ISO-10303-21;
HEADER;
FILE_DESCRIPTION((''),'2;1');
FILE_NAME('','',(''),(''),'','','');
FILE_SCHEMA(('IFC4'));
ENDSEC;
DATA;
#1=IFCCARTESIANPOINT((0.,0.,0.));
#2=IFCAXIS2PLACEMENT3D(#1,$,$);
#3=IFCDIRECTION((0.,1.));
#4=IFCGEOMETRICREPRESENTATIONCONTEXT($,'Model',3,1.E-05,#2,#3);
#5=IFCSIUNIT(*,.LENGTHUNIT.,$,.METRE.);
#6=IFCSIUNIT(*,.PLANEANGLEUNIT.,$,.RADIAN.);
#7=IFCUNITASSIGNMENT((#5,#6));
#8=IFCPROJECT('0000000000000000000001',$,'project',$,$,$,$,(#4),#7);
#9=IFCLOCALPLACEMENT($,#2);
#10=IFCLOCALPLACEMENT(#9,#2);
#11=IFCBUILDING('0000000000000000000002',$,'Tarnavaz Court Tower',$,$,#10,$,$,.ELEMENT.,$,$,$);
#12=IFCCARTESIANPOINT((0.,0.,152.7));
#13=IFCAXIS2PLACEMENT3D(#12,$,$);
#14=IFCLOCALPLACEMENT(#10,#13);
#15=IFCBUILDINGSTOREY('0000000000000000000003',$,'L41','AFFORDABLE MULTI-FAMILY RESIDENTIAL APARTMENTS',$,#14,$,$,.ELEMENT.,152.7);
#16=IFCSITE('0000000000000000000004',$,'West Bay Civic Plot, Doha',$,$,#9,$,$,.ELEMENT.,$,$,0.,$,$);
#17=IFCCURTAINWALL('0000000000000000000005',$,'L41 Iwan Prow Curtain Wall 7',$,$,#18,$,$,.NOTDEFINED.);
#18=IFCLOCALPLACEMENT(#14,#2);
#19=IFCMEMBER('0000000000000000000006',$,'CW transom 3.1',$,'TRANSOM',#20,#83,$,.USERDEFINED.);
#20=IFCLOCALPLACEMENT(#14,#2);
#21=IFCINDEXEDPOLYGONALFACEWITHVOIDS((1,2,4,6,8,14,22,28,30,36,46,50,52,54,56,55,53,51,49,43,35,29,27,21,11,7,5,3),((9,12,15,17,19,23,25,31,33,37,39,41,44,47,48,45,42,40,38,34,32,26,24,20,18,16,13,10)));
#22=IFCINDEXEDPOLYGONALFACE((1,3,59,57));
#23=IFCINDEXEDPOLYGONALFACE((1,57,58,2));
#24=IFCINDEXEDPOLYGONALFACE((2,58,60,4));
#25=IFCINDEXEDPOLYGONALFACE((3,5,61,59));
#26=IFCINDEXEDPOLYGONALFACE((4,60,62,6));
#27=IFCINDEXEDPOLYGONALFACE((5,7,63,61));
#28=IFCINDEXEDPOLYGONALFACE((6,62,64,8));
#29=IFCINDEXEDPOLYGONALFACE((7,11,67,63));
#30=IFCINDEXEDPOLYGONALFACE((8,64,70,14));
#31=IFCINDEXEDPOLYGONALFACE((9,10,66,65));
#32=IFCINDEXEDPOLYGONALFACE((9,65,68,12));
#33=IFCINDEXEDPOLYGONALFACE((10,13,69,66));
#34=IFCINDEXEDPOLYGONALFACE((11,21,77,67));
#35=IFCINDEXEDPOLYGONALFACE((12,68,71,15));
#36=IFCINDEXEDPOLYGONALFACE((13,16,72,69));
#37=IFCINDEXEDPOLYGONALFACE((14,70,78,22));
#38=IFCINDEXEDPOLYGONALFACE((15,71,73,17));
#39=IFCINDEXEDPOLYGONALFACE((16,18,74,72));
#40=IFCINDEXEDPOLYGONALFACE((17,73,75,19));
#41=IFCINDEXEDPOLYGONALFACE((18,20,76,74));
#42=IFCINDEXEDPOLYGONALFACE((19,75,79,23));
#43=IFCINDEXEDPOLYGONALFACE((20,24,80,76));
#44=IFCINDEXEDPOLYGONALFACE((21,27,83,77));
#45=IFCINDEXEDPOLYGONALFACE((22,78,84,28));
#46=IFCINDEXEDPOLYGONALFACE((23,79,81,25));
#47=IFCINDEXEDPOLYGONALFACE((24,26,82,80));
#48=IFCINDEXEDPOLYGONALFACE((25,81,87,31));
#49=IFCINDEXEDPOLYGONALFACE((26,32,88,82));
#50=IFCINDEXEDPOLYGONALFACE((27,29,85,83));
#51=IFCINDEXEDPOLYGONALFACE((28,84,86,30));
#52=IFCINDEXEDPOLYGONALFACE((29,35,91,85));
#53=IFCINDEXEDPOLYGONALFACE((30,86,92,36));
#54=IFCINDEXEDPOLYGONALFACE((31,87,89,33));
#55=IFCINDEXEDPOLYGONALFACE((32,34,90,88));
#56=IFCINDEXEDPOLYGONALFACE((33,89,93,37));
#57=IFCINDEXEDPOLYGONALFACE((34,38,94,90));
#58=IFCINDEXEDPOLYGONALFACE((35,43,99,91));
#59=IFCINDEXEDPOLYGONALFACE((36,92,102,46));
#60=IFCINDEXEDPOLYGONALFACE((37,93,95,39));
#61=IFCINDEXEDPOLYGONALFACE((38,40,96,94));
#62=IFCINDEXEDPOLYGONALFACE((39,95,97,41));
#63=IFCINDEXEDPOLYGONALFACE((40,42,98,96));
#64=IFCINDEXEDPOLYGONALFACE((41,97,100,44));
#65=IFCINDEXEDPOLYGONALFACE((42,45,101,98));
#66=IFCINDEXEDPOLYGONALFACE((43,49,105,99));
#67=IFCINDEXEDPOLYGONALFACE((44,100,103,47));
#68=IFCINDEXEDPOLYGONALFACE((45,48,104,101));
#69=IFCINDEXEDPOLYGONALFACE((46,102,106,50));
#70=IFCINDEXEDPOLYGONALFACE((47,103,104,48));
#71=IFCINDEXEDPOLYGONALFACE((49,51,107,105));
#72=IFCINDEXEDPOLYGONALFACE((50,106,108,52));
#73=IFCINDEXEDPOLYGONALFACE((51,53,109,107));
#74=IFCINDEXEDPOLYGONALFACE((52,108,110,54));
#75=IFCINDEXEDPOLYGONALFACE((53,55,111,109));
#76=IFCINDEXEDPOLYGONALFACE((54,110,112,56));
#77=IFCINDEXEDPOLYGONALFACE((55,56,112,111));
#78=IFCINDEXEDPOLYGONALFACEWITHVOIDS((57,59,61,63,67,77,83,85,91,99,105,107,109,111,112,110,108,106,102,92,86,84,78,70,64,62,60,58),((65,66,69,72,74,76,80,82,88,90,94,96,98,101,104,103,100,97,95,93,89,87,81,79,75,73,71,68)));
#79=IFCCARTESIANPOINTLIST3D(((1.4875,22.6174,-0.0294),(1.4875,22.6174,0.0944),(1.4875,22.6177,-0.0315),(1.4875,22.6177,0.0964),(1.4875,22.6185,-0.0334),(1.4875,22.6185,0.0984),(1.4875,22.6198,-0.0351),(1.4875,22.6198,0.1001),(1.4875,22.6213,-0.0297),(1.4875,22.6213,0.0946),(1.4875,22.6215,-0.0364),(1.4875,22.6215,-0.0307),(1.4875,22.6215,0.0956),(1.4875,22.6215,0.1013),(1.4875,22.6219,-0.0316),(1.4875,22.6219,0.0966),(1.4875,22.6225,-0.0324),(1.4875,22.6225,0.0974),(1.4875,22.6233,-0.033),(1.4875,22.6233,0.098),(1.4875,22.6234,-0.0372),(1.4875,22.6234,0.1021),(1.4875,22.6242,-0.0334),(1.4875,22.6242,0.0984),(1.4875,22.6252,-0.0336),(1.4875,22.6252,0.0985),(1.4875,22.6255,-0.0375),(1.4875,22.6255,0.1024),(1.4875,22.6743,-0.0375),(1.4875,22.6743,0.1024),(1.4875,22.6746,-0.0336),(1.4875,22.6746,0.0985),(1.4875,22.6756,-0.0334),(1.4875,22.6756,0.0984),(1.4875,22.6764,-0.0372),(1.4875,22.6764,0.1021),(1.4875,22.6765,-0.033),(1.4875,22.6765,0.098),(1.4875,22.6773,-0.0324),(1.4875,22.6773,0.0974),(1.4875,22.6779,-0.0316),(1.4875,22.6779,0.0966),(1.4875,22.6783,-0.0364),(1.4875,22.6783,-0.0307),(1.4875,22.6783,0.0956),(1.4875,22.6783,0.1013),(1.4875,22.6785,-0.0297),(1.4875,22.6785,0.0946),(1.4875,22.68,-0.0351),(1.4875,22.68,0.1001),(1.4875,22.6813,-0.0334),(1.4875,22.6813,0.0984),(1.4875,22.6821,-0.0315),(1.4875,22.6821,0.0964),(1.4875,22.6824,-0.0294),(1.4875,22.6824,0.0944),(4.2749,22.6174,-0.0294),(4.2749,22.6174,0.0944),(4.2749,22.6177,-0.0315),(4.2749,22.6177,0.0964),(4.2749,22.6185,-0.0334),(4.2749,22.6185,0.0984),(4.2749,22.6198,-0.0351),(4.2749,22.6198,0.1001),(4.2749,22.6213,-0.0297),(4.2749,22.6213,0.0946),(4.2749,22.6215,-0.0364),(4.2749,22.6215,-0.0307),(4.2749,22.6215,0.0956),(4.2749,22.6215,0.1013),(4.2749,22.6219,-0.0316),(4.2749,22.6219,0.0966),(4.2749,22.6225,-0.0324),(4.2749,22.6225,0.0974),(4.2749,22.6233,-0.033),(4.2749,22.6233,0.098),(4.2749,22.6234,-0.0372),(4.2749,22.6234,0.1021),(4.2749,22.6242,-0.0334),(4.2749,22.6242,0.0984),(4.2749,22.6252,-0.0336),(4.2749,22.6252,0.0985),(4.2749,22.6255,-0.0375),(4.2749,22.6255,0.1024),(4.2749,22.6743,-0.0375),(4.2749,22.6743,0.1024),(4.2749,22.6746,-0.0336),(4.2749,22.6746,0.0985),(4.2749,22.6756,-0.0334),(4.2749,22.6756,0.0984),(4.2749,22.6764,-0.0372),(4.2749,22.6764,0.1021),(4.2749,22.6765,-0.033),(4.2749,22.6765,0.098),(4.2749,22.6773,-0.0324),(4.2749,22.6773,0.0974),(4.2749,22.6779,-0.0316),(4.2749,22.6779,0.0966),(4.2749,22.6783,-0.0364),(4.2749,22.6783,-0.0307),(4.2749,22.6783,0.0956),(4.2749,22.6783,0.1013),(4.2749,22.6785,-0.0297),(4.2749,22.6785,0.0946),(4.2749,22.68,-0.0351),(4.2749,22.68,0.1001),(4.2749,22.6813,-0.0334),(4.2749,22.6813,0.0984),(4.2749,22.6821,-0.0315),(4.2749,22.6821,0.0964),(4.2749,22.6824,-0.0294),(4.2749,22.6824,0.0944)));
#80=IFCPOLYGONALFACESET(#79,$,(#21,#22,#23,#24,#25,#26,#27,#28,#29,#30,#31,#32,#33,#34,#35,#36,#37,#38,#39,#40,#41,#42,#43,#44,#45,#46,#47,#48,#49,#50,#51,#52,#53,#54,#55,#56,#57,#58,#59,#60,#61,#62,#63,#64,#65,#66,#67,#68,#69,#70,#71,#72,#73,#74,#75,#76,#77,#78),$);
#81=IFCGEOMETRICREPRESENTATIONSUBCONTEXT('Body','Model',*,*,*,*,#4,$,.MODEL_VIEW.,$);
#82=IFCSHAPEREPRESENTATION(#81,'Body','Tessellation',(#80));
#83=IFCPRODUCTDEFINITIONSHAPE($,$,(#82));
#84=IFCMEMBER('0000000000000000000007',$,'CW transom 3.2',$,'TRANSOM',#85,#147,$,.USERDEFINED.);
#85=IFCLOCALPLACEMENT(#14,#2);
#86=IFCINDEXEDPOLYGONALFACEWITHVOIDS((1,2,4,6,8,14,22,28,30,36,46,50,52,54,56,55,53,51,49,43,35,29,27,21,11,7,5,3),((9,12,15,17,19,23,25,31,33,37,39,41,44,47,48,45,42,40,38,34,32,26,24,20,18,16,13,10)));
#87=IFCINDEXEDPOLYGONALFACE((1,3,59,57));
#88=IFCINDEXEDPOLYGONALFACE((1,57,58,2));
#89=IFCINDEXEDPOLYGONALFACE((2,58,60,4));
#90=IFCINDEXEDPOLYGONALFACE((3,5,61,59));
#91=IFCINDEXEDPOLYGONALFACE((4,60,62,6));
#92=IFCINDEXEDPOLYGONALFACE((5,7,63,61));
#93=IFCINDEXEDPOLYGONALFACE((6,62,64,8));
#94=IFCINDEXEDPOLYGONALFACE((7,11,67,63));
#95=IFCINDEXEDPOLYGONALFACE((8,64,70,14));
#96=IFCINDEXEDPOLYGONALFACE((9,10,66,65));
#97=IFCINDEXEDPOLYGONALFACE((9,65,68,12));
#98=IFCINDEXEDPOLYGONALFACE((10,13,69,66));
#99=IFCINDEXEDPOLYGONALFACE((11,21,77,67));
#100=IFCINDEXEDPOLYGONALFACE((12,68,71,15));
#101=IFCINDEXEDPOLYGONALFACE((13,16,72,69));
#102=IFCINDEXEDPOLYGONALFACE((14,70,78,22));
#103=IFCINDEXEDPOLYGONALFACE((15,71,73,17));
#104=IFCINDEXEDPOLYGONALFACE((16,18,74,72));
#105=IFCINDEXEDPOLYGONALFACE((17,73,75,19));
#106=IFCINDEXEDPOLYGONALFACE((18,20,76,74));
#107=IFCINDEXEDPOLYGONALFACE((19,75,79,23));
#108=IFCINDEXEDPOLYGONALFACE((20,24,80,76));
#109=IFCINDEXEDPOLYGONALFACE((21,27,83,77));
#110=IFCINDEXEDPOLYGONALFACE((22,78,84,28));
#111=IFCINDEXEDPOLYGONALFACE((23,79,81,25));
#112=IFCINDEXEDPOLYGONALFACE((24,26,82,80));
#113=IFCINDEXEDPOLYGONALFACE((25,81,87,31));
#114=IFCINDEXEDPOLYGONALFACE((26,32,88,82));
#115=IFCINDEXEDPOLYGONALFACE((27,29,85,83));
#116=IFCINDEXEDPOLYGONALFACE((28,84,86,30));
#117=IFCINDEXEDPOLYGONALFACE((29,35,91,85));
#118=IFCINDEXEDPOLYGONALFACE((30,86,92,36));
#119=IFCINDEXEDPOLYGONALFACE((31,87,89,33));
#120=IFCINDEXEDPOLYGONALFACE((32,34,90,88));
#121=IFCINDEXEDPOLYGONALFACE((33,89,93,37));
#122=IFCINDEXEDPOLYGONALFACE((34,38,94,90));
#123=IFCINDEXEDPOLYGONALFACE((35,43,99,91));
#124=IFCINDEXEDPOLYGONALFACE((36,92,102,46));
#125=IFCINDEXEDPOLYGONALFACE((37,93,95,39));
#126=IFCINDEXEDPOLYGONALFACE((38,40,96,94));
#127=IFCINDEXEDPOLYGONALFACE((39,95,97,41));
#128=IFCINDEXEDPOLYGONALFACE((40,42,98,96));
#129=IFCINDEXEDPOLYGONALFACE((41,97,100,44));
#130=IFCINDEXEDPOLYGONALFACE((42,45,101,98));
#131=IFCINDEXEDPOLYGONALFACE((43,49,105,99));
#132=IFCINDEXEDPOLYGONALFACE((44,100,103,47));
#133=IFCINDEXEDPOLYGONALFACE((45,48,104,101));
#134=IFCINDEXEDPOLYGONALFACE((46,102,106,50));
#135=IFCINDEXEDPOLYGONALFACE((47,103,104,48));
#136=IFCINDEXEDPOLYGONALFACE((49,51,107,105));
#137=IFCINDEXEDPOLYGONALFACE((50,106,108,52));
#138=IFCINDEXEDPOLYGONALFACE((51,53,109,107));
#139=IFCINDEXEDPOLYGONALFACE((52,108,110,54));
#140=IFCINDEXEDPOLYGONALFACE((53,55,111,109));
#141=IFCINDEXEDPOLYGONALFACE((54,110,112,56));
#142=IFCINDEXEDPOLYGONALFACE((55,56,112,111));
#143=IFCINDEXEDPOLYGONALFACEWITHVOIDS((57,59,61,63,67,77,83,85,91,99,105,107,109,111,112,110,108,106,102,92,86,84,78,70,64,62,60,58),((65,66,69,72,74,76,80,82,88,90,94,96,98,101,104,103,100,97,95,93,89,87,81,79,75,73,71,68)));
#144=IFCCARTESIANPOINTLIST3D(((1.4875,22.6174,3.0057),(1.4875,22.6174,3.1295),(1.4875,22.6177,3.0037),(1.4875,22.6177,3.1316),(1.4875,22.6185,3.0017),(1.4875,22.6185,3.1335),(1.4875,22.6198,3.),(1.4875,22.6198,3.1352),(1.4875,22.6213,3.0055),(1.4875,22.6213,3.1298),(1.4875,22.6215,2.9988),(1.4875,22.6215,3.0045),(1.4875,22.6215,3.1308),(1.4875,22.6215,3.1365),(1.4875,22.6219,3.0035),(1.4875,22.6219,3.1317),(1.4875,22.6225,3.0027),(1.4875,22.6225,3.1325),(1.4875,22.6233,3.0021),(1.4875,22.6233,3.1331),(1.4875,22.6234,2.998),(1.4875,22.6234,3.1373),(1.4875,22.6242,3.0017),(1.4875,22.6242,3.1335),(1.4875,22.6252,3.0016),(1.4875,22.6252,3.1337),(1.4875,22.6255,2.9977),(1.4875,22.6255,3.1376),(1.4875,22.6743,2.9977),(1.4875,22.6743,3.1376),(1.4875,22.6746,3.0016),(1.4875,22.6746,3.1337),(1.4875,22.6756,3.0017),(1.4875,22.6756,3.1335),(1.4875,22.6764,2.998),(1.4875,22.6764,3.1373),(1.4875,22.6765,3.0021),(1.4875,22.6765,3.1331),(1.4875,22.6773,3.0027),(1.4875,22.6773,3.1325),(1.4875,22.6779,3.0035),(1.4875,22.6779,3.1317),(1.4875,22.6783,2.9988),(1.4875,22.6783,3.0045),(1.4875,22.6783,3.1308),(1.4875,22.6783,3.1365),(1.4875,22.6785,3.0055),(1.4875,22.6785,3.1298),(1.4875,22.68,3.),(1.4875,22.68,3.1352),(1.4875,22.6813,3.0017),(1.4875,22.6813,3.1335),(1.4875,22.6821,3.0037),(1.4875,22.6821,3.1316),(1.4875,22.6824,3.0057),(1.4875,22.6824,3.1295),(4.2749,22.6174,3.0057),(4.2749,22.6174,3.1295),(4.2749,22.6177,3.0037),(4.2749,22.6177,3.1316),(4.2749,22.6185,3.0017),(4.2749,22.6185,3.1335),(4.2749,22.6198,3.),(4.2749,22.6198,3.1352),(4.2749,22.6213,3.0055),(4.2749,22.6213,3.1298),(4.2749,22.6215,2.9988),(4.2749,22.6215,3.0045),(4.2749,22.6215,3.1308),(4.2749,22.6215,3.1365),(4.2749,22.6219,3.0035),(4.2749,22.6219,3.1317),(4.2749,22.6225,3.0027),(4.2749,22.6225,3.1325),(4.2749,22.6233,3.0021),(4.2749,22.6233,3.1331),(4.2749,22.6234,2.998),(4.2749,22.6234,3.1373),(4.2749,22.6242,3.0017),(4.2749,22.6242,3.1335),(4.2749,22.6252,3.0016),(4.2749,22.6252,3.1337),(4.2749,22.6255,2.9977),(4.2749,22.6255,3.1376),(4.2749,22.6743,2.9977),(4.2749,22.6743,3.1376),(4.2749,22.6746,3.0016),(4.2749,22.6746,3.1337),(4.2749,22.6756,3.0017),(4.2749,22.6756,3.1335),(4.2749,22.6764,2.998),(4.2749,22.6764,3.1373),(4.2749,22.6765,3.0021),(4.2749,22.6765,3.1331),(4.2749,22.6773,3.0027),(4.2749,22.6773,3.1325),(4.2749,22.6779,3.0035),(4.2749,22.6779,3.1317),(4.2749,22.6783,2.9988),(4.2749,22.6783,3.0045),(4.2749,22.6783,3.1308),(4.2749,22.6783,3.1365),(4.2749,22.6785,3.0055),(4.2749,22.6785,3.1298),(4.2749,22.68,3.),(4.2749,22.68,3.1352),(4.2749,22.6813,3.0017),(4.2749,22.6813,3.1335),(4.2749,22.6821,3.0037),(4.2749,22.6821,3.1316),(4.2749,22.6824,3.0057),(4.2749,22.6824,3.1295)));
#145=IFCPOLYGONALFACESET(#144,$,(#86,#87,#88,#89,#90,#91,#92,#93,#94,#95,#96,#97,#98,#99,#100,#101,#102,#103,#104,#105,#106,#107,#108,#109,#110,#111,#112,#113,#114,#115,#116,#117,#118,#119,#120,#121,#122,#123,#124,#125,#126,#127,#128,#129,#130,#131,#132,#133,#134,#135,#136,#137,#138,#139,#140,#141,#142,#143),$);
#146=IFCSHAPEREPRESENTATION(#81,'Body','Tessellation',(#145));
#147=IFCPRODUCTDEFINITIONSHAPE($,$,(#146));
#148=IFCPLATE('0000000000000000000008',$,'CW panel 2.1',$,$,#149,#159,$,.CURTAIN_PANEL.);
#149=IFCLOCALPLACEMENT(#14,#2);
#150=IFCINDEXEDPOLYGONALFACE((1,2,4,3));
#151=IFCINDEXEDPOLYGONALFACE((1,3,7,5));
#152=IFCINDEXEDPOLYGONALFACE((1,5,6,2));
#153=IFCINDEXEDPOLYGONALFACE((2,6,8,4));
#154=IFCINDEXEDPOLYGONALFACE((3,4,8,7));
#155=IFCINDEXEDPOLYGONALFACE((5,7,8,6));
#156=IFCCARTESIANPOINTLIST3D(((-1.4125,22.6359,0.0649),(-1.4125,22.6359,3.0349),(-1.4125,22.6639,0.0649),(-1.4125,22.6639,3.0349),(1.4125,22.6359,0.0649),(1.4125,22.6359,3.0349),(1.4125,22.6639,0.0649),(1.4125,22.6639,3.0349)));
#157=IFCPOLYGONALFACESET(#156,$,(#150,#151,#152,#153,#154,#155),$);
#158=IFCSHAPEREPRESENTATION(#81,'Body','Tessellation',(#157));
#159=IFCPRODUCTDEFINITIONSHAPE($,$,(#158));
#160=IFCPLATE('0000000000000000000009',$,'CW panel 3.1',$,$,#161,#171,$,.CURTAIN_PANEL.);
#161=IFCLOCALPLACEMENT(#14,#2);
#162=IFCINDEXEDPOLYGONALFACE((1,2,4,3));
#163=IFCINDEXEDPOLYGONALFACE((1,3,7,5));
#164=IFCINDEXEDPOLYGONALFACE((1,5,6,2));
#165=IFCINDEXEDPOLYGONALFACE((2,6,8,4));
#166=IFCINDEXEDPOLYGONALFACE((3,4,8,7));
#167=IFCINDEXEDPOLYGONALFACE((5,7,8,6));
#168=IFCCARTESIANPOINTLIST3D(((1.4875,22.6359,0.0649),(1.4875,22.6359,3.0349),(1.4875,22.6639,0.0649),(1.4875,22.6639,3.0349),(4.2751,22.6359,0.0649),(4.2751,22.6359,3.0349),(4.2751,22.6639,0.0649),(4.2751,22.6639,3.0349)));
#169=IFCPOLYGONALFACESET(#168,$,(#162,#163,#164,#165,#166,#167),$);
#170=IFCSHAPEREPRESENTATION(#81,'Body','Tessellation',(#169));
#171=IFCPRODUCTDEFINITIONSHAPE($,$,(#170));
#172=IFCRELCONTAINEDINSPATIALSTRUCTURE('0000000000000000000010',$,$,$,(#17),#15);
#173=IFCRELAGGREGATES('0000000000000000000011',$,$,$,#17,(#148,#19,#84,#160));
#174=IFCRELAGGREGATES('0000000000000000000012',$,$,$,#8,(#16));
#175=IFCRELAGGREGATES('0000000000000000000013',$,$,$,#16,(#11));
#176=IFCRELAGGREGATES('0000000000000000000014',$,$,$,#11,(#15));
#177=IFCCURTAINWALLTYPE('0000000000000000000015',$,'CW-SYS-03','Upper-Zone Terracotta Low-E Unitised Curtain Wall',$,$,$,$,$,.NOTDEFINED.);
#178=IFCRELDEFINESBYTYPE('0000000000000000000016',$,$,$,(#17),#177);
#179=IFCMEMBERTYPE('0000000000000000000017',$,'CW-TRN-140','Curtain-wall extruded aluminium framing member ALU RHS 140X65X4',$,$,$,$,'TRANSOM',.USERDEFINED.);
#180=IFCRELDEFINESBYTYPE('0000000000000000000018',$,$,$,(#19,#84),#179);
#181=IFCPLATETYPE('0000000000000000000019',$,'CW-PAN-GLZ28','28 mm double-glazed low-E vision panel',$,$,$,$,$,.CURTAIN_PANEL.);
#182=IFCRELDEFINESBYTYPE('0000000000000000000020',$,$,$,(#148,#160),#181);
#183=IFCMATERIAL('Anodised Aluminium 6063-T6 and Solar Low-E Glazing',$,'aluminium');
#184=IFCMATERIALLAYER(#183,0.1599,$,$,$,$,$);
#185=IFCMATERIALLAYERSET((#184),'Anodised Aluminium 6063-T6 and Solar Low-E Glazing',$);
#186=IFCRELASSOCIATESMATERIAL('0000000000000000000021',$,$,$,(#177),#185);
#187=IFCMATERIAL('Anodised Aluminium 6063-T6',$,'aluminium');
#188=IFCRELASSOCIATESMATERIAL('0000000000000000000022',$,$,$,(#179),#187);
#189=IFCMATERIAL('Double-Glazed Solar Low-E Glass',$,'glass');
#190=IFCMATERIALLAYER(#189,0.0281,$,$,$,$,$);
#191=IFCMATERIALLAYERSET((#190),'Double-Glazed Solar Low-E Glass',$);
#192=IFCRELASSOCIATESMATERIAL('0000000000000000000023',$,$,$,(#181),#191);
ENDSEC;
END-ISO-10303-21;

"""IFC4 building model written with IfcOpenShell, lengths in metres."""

from ifc_helpers import new_model, si_unit, direction, frame, origin, origin_2d, place, context, subcontext, project, spatial, rectangle, hollow_rectangle, extrude, material, layer, layer_set, material_profile, profile_set, type_object, element, aggregate, save


model = new_model("IFC4")

# Units and contexts
model_context = context("Model", 3, precision=1e-05, world=origin(), true_north=direction((0.0, 1.0)))
body_context = subcontext(model_context, "Body", "Model", "MODEL_VIEW")
ifc_project = project(units=[si_unit("LENGTHUNIT", "METRE"), si_unit("PLANEANGLEUNIT", "RADIAN")], contexts=[model_context])

# Site, building, storey
site_placement = place(None, origin())
site = spatial("IfcSite", under=ifc_project, at=site_placement, Name="West Bay Civic Plot, Doha", CompositionType="ELEMENT", RefElevation=0.0)
building_placement = place(site_placement, origin())
building = spatial("IfcBuilding", under=site, at=building_placement, Name="Tarnavaz Court Tower", CompositionType="ELEMENT")
storey_placement = place(building_placement, frame((0.0, 0.0, 152.7)))
storey = spatial("IfcBuildingStorey", under=building, at=storey_placement, Name="L41", Description="AFFORDABLE MULTI-FAMILY RESIDENTIAL APARTMENTS", CompositionType="ELEMENT", Elevation=152.7)

# Curtain wall, members, plates
ifc_material_1 = material(Name="Anodised Aluminium 6063-T6 and Solar Low-E Glazing", Category="aluminium")
ifc_layer_1 = layer(ifc_material_1, 0.1599)
ifc_layer_set_1 = layer_set([ifc_layer_1], Name="Anodised Aluminium 6063-T6 and Solar Low-E Glazing")
curtain_wall_type = type_object("IfcCurtainWallType", Name="CW-SYS-03", Description="Upper-Zone Terracotta Low-E Unitised Curtain Wall", PredefinedType="NOTDEFINED", material=ifc_layer_set_1)
curtain_wall_placement = place(storey_placement, origin())
curtain_wall = element("IfcCurtainWall", 1, at=curtain_wall_placement, inside=storey, type_object=curtain_wall_type, Name="L41 Iwan Prow Curtain Wall 7", PredefinedType="NOTDEFINED")
ifc_material_2 = material(Name="Anodised Aluminium 6063-T6", Category="aluminium")
ifc_material_profile_1 = material_profile(ifc_material_2, hollow_rectangle(XDim=0.0649, YDim=0.1399, WallThickness=0.0039, InnerFilletRadius=0.0039, OuterFilletRadius=0.0081, at=origin_2d()), Name="ALU RHS 140X65X4")
ifc_profile_set_1 = profile_set([ifc_material_profile_1], Name="Anodised Aluminium 6063-T6")
member_type_1 = type_object("IfcMemberType", Name="CW-TRN-140", Description="Curtain-wall extruded aluminium framing member ALU RHS 140X65X4", ElementType="TRANSOM", PredefinedType="USERDEFINED", material=ifc_profile_set_1)
member_1_placement = place(storey_placement, frame((1.4875, 22.6499, 0.0325), z_axis=(1.0, 0.0, 0.0), x_axis=(0.0, 1.0, 0.0)))
member_1 = element("IfcMember", 2, at=member_1_placement, type_object=member_type_1, Name="CW transom 3.1", ObjectType="TRANSOM", PredefinedType="USERDEFINED", context=body_context, shape_type="SweptSolid", body=[
    extrude(hollow_rectangle(XDim=0.0649, YDim=0.1399, WallThickness=0.0039, InnerFilletRadius=0.0039, OuterFilletRadius=0.0081, at=origin_2d()), origin(), (0.0, 0.0, 1.0), 2.7874),
])
member_2_placement = place(storey_placement, frame((1.4875, 22.6499, 3.0676), z_axis=(1.0, 0.0, 0.0), x_axis=(0.0, 1.0, 0.0)))
member_2 = element("IfcMember", 3, at=member_2_placement, type_object=member_type_1, Name="CW transom 3.2", ObjectType="TRANSOM", PredefinedType="USERDEFINED", context=body_context, shape_type="SweptSolid", body=[
    extrude(hollow_rectangle(XDim=0.0649, YDim=0.1399, WallThickness=0.0039, InnerFilletRadius=0.0039, OuterFilletRadius=0.0081, at=origin_2d()), origin(), (0.0, 0.0, 1.0), 2.7874),
])
ifc_material_3 = material(Name="Double-Glazed Solar Low-E Glass", Category="glass")
ifc_layer_2 = layer(ifc_material_3, 0.0281)
ifc_layer_set_2 = layer_set([ifc_layer_2], Name="Double-Glazed Solar Low-E Glass")
plate_type = type_object("IfcPlateType", Name="CW-PAN-GLZ28", Description="28 mm double-glazed low-E vision panel", PredefinedType="CURTAIN_PANEL", material=ifc_layer_set_2)
plate_1_placement = place(storey_placement, frame((0.0, 22.6499, 0.0649), z_axis=(0.0, 0.0, 1.0), x_axis=(1.0, 0.0, 0.0)))
plate_1 = element("IfcPlate", 4, at=plate_1_placement, type_object=plate_type, Name="CW panel 2.1", PredefinedType="CURTAIN_PANEL", context=body_context, shape_type="SweptSolid", body=[
    extrude(rectangle(XDim=2.825, YDim=0.0281, at=origin_2d()), origin(), (0.0, 0.0, 1.0), 2.97),
])
plate_2_placement = place(storey_placement, frame((2.8813, 22.6499, 0.0649), z_axis=(0.0, 0.0, 1.0), x_axis=(1.0, 0.0, 0.0)))
plate_2 = element("IfcPlate", 5, at=plate_2_placement, type_object=plate_type, Name="CW panel 3.1", PredefinedType="CURTAIN_PANEL", context=body_context, shape_type="SweptSolid", body=[
    extrude(rectangle(XDim=2.7876, YDim=0.0281, at=origin_2d()), origin(), (0.0, 0.0, 1.0), 2.97),
])
aggregate(curtain_wall, [plate_1, member_1, member_2, plate_2])

save(model, "model.ifc")
